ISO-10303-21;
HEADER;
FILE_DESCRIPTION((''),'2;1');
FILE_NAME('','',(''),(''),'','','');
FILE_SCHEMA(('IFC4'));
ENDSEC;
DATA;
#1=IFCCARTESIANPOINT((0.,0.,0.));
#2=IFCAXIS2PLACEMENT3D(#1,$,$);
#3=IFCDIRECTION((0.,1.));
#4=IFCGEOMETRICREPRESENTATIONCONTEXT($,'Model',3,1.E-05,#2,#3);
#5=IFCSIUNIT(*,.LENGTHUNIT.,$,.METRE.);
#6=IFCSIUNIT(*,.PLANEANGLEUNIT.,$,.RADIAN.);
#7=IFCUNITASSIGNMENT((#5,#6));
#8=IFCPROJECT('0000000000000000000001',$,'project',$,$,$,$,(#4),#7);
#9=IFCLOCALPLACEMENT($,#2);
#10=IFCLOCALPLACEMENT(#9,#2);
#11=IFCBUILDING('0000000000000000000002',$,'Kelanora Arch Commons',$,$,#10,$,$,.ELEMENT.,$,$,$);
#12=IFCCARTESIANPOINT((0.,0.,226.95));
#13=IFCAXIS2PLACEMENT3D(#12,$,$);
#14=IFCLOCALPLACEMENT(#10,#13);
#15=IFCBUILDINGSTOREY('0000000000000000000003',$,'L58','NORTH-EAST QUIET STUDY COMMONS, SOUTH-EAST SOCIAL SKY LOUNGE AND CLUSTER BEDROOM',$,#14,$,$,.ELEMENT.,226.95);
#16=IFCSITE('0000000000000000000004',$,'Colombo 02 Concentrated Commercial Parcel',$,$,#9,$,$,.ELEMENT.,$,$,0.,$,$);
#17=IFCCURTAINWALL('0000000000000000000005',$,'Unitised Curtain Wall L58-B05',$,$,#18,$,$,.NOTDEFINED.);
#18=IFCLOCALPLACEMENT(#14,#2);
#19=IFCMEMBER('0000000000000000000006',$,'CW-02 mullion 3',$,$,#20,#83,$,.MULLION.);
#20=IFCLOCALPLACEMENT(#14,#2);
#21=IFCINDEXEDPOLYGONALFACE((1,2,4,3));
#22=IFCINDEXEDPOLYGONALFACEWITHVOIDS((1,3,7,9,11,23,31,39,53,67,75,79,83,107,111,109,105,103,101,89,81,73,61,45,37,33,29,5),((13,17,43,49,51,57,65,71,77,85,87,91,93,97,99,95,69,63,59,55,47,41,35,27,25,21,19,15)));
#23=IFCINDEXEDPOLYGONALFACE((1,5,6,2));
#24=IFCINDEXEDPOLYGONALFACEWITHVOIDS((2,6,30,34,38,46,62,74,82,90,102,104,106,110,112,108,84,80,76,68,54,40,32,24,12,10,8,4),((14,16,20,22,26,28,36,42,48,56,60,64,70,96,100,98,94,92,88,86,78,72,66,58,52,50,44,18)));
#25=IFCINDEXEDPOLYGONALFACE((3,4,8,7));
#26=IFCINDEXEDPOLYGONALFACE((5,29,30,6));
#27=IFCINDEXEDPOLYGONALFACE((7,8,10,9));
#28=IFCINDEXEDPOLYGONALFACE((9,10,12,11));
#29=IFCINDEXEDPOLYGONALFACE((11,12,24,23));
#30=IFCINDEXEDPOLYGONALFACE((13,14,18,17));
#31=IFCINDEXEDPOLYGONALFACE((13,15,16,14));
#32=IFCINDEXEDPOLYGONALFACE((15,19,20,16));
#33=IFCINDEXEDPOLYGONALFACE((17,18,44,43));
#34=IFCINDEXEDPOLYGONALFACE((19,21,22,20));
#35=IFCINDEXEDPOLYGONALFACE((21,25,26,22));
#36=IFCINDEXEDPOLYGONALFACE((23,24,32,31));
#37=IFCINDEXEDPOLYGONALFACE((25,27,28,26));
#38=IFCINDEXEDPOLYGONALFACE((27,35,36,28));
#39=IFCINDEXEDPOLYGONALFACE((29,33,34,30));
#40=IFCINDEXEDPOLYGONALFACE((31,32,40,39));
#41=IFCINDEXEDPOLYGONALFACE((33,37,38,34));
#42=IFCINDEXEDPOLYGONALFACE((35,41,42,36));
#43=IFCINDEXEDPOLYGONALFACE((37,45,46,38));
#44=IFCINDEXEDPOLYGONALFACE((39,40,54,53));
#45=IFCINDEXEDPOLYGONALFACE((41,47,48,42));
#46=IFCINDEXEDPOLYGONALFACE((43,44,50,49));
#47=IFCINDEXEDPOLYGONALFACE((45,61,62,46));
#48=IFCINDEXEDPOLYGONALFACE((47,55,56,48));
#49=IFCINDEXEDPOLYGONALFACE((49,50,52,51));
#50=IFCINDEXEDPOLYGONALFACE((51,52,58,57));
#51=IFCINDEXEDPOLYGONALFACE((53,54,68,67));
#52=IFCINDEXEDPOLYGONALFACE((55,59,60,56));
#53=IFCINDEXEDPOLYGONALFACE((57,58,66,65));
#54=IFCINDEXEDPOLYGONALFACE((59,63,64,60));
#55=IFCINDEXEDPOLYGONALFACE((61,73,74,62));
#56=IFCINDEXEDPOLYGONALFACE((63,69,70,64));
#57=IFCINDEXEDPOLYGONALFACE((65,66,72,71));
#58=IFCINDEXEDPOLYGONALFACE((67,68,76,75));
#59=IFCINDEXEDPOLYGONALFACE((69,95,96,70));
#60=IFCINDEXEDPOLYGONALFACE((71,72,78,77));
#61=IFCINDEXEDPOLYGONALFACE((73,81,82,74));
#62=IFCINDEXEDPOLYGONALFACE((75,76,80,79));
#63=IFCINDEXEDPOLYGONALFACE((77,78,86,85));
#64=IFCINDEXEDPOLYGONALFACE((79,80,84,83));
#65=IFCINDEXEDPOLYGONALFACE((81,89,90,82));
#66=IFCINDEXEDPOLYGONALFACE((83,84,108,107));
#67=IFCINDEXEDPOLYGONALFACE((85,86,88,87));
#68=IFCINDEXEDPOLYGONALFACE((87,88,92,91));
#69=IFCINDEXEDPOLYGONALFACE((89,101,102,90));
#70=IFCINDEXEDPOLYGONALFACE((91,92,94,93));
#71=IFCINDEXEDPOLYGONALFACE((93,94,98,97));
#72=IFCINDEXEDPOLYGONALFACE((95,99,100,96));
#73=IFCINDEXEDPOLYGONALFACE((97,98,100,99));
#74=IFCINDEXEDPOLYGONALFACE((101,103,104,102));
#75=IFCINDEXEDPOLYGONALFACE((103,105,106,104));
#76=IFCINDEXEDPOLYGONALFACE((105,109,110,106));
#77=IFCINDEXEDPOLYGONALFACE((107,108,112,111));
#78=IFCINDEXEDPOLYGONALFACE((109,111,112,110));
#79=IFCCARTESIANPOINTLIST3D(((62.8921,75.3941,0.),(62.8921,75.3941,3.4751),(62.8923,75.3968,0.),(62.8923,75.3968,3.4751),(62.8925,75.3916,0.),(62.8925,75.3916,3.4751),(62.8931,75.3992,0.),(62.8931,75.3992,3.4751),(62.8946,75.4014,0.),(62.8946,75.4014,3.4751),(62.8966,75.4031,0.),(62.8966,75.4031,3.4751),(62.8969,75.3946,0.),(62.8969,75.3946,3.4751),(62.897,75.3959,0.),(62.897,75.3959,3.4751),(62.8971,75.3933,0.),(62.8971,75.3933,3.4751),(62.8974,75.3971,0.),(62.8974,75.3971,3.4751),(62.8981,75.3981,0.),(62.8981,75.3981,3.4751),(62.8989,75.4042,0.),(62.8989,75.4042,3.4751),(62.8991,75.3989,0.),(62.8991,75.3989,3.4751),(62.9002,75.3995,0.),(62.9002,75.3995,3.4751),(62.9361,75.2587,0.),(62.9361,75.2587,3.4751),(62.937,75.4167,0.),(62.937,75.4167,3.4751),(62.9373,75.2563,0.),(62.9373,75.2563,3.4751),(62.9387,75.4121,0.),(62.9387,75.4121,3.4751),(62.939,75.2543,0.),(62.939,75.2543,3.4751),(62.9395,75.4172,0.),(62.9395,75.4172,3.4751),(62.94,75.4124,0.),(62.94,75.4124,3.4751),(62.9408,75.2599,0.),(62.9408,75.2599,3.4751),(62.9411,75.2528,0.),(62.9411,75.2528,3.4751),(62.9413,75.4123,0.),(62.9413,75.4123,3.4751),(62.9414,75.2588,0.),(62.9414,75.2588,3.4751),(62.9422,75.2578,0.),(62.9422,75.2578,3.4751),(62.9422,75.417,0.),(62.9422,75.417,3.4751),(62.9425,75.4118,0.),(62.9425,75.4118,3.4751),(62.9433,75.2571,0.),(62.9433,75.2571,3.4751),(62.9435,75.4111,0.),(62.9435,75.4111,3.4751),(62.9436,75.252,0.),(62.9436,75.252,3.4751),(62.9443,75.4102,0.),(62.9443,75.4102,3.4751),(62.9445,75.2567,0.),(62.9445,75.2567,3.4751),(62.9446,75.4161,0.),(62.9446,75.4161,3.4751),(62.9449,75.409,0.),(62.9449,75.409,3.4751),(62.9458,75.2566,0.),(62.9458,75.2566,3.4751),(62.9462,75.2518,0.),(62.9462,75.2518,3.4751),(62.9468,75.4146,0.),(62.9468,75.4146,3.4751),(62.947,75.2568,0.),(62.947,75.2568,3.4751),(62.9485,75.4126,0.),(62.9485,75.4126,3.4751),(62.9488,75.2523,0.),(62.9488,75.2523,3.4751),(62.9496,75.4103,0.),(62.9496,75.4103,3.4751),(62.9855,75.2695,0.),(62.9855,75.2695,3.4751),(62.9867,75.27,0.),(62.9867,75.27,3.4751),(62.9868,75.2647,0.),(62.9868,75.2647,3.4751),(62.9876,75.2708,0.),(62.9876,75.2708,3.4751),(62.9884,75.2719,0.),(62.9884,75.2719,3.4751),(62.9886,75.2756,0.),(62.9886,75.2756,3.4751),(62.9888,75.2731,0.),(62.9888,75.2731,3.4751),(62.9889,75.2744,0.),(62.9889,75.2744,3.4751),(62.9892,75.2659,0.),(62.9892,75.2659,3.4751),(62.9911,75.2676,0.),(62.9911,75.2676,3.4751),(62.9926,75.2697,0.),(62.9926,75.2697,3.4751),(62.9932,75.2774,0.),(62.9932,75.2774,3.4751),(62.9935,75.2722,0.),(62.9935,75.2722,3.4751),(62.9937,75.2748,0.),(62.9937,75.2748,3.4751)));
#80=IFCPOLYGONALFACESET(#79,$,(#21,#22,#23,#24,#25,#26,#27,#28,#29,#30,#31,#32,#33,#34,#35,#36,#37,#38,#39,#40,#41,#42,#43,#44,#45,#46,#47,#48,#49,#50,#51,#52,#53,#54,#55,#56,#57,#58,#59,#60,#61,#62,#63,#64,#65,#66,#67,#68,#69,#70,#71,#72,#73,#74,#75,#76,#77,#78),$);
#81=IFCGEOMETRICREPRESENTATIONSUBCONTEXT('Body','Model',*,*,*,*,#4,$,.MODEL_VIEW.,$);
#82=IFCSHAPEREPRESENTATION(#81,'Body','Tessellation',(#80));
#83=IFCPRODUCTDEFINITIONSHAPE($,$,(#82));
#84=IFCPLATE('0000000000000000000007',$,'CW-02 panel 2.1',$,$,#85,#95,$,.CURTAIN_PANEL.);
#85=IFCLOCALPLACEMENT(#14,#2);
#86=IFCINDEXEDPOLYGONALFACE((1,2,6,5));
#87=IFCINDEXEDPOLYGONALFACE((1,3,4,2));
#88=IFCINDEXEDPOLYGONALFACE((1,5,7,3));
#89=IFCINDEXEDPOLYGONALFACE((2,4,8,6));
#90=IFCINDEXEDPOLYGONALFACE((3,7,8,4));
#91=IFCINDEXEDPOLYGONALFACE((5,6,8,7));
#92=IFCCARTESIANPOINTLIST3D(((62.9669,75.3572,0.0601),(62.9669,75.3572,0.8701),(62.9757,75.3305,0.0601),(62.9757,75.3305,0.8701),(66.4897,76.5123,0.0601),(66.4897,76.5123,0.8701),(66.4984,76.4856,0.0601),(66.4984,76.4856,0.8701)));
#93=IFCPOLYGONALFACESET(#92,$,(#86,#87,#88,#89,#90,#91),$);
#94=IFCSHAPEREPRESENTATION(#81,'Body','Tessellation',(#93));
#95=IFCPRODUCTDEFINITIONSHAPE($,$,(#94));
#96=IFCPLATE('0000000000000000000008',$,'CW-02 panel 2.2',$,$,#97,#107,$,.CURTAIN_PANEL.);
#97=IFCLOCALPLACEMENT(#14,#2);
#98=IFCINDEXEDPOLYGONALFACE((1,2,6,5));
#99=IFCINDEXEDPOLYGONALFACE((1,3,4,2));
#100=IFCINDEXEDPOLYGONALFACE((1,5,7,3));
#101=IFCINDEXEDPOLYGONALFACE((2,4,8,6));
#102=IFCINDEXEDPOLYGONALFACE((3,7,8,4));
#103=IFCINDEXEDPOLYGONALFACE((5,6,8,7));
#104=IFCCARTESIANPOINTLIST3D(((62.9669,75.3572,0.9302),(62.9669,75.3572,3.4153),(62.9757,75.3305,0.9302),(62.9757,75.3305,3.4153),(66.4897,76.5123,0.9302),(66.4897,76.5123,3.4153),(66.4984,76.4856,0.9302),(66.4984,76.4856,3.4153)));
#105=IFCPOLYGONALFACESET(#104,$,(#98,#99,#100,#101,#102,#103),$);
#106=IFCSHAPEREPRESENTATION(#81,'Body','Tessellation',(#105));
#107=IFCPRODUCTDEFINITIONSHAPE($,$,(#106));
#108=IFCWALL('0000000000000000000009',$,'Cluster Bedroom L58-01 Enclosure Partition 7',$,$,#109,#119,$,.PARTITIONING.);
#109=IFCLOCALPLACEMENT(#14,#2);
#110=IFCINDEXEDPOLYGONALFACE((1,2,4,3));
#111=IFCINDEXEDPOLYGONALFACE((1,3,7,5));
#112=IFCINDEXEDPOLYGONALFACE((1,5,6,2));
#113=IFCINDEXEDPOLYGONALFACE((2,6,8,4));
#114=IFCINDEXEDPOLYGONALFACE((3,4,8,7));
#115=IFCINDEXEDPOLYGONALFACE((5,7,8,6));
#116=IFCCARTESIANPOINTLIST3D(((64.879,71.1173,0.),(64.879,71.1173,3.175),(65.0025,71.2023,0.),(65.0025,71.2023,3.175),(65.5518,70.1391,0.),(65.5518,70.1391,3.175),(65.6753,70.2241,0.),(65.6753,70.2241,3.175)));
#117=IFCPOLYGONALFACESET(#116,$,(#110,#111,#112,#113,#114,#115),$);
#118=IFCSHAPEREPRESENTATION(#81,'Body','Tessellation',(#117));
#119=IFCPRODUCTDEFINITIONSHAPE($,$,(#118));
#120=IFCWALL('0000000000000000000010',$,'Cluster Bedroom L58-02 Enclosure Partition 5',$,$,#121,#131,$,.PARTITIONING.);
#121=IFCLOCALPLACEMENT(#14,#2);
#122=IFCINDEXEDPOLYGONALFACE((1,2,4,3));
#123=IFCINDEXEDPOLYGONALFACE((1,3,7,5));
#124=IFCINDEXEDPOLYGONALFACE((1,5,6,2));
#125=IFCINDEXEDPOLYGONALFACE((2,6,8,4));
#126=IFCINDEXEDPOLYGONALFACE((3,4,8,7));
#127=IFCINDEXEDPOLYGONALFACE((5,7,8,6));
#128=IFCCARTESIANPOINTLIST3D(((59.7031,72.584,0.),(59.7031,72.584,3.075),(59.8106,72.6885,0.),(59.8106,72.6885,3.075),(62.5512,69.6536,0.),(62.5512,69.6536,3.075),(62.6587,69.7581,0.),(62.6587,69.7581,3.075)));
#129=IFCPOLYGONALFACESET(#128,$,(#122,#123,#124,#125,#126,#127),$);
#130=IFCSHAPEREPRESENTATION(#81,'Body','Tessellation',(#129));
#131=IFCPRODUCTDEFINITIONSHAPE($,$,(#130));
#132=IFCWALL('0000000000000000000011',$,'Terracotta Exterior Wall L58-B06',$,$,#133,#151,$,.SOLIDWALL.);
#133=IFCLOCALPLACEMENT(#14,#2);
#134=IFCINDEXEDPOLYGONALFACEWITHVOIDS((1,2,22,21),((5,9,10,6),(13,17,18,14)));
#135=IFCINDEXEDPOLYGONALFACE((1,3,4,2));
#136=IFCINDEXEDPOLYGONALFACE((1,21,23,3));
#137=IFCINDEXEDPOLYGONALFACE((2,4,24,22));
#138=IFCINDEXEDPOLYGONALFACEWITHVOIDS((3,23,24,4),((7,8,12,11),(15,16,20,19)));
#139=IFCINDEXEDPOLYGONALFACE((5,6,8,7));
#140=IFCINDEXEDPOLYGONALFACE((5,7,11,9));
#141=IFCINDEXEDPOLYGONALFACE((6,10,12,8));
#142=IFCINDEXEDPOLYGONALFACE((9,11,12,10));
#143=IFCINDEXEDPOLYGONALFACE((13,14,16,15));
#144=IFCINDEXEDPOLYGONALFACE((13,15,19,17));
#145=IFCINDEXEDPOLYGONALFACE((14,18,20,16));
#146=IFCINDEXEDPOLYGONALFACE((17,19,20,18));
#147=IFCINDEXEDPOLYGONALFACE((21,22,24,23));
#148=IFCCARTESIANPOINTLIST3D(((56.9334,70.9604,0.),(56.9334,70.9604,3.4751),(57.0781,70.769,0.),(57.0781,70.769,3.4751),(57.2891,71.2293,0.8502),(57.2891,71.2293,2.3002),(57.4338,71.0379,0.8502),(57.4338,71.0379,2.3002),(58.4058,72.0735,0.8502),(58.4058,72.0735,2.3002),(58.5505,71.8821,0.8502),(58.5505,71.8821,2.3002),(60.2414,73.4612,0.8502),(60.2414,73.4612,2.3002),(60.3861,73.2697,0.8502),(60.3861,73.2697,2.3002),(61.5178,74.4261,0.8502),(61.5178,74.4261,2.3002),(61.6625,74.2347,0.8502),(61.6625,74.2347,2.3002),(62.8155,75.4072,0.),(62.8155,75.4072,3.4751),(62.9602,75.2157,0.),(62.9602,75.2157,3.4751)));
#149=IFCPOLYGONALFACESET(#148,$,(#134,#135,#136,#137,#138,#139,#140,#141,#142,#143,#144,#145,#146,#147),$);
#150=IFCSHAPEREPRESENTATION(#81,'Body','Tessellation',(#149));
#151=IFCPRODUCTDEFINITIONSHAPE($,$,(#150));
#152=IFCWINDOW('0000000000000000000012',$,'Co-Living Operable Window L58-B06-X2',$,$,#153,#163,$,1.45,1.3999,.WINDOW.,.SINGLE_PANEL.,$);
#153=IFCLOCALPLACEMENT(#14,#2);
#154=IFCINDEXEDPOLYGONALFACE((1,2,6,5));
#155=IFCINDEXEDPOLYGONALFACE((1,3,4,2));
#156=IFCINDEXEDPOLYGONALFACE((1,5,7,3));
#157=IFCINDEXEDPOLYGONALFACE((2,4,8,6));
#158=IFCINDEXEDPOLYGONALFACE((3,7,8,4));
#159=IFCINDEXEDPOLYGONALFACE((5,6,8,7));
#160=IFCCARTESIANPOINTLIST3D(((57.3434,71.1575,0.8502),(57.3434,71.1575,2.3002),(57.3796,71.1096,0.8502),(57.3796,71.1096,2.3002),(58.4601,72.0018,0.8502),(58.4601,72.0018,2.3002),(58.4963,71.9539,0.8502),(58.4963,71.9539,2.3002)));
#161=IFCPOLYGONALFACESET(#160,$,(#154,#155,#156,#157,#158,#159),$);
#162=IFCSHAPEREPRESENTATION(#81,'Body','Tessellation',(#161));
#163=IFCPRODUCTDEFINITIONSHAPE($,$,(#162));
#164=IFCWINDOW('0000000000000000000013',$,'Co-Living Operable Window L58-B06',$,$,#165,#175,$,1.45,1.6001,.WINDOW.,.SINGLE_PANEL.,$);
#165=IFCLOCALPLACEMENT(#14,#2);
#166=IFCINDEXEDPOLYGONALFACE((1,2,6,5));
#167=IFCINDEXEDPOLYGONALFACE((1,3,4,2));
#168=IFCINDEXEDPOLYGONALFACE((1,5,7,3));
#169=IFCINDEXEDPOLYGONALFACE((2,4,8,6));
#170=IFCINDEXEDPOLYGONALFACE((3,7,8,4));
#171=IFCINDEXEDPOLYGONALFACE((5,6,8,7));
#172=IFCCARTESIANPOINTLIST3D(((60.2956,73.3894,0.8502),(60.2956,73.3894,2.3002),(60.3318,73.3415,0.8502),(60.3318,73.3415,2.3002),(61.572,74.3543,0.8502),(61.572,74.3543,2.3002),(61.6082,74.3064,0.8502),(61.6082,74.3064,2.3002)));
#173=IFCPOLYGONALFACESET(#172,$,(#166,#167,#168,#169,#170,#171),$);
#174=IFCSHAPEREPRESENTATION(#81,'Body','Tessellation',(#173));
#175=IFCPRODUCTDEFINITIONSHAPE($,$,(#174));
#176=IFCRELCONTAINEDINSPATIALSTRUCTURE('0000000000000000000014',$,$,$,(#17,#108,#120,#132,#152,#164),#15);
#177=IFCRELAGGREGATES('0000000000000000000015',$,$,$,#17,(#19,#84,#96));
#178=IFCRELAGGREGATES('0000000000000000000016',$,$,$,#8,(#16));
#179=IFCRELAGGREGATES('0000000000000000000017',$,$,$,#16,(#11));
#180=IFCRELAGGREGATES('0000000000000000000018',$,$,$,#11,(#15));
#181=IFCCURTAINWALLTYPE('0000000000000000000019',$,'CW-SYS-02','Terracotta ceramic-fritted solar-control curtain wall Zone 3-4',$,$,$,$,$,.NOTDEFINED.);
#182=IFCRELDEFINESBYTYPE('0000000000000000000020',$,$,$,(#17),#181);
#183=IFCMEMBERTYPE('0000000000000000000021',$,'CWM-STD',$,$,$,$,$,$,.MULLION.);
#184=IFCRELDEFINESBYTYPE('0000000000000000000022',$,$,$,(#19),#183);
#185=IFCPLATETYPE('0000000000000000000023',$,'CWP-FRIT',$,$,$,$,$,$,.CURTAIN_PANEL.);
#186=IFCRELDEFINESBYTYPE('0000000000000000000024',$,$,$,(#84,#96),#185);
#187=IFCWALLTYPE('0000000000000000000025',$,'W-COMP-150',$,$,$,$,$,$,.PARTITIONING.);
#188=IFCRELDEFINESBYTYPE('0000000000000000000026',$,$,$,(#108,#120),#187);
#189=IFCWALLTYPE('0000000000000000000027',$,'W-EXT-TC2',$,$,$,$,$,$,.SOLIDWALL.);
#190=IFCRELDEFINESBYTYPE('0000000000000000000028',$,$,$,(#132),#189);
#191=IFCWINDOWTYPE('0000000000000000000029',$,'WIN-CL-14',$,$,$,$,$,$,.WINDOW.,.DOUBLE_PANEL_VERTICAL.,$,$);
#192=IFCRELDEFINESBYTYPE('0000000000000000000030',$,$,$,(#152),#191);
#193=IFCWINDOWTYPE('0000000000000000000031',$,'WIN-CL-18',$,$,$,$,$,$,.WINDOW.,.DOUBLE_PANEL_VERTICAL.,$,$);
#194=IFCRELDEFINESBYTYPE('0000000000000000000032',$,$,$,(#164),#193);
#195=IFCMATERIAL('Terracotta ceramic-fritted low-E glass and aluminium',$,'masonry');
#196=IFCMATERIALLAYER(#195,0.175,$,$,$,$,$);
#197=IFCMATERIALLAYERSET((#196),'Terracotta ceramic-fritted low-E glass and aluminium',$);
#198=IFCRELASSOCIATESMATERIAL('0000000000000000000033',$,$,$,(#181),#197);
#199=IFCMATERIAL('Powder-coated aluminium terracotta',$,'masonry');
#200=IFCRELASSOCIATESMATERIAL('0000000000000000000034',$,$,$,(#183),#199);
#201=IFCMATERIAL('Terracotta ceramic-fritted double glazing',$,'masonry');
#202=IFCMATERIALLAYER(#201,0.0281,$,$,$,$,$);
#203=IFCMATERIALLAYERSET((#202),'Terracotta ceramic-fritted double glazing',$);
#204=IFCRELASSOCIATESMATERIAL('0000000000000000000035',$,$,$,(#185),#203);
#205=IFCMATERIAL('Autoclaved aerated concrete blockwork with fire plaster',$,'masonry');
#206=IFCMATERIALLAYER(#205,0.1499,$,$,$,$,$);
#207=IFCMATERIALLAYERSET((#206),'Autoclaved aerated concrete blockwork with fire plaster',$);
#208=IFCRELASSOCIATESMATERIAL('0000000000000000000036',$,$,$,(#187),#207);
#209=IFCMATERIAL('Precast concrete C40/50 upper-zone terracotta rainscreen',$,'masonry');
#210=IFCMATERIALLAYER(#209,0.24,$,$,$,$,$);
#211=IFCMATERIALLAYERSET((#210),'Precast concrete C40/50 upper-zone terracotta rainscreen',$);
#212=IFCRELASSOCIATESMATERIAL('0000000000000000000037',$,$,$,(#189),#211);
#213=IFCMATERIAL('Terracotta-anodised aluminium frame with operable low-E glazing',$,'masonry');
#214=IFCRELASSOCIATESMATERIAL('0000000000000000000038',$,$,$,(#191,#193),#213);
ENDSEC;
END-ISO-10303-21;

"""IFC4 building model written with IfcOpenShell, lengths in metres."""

from ifc_helpers import new_model, si_unit, direction, frame, frame_2d, origin, origin_2d, place, context, subcontext, project, spatial, rectangle, hollow_rectangle, extrude, source, transform, mapped, material, layer, layer_set, material_profile, profile_set, type_object, element, fill, aggregate, save


model = new_model("IFC4")

# Units and contexts
model_context = context("Model", 3, precision=1e-05, world=origin(), true_north=direction((0.0, 1.0)))
body_context = subcontext(model_context, "Body", "Model", "MODEL_VIEW")
ifc_project = project(units=[si_unit("LENGTHUNIT", "METRE"), si_unit("PLANEANGLEUNIT", "RADIAN")], contexts=[model_context])

# Site, building, storey
site_placement = place(None, origin())
site = spatial("IfcSite", under=ifc_project, at=site_placement, Name="Colombo 02 Concentrated Commercial Parcel", CompositionType="ELEMENT", RefElevation=0.0)
building_placement = place(site_placement, origin())
building = spatial("IfcBuilding", under=site, at=building_placement, Name="Kelanora Arch Commons", CompositionType="ELEMENT")
storey_placement = place(building_placement, frame((0.0, 0.0, 226.95)))
storey = spatial("IfcBuildingStorey", under=building, at=storey_placement, Name="L58", Description="NORTH-EAST QUIET STUDY COMMONS, SOUTH-EAST SOCIAL SKY LOUNGE AND CLUSTER BEDROOM", CompositionType="ELEMENT", Elevation=226.95)

# Curtain wall, member, plates
ifc_material_1 = material(Name="Terracotta ceramic-fritted low-E glass and aluminium", Category="masonry")
ifc_layer_1 = layer(ifc_material_1, 0.175)
ifc_layer_set_1 = layer_set([ifc_layer_1], Name="Terracotta ceramic-fritted low-E glass and aluminium")
curtain_wall_type = type_object("IfcCurtainWallType", Name="CW-SYS-02", Description="Terracotta ceramic-fritted solar-control curtain wall Zone 3-4", PredefinedType="NOTDEFINED", material=ifc_layer_set_1)
curtain_wall_placement = place(storey_placement, origin())
curtain_wall = element("IfcCurtainWall", 1, at=curtain_wall_placement, inside=storey, type_object=curtain_wall_type, Name="Unitised Curtain Wall L58-B05", PredefinedType="NOTDEFINED")
ifc_material_2 = material(Name="Powder-coated aluminium terracotta", Category="masonry")
ifc_material_profile_1 = material_profile(ifc_material_2, hollow_rectangle(XDim=0.1599, YDim=0.0601, WallThickness=0.0049, InnerFilletRadius=0.0049, OuterFilletRadius=0.01, at=origin_2d()), Name="CWM160x60")
ifc_profile_set_1 = profile_set([ifc_material_profile_1], Name="Powder-coated aluminium terracotta")
member_type = type_object("IfcMemberType", Name="CWM-STD", PredefinedType="MULLION", material=ifc_profile_set_1)
member_placement = place(storey_placement, frame((62.9429, 75.3345, 0.0), z_axis=(0.0, 0.0, 1.0), x_axis=(0.311582, -0.950219, 0.0)))
member = element("IfcMember", 2, at=member_placement, type_object=member_type, Name="CW-02 mullion 3", PredefinedType="MULLION", context=body_context, shape_type="SweptSolid", body=[
    extrude(hollow_rectangle(XDim=0.1599, YDim=0.0601, WallThickness=0.0049, InnerFilletRadius=0.0049, OuterFilletRadius=0.01, at=origin_2d()), origin(), (0.0, 0.0, 1.0), 3.4751),
])
ifc_material_3 = material(Name="Terracotta ceramic-fritted double glazing", Category="masonry")
ifc_layer_2 = layer(ifc_material_3, 0.0281)
ifc_layer_set_2 = layer_set([ifc_layer_2], Name="Terracotta ceramic-fritted double glazing")
plate_type = type_object("IfcPlateType", Name="CWP-FRIT", PredefinedType="CURTAIN_PANEL", material=ifc_layer_set_2)
shared_shape_1 = source(origin(), body_context, "Body", "SweptSolid", [
    extrude(rectangle(XDim=3.7073, YDim=0.0281, at=origin_2d()), origin(), (0.0, 0.0, 1.0), 0.8101),
])
plate_1_placement = place(storey_placement, frame((64.7327, 75.9214, 0.0601), z_axis=(0.0, 0.0, 1.0), x_axis=(-0.950219, -0.311582, 0.0)))
plate_1 = element("IfcPlate", 3, at=plate_1_placement, type_object=plate_type, Name="CW-02 panel 2.1", PredefinedType="CURTAIN_PANEL", context=body_context, shape_type="MappedRepresentation", body=[
    mapped(shared_shape_1, transform((0.0, 0.0, 0.0), scale=1.0)),
])
shared_shape_2 = source(origin(), body_context, "Body", "SweptSolid", [
    extrude(rectangle(XDim=3.7073, YDim=0.0281, at=origin_2d()), origin(), (0.0, 0.0, 1.0), 2.4851),
])
plate_2_placement = place(storey_placement, frame((64.7327, 75.9214, 0.9302), z_axis=(0.0, 0.0, 1.0), x_axis=(-0.950219, -0.311582, 0.0)))
plate_2 = element("IfcPlate", 4, at=plate_2_placement, type_object=plate_type, Name="CW-02 panel 2.2", PredefinedType="CURTAIN_PANEL", context=body_context, shape_type="MappedRepresentation", body=[
    mapped(shared_shape_2, transform((0.0, 0.0, 0.0), scale=1.0)),
])
aggregate(curtain_wall, [member, plate_1, plate_2])

# Walls
ifc_material_4 = material(Name="Autoclaved aerated concrete blockwork with fire plaster", Category="masonry")
ifc_layer_3 = layer(ifc_material_4, 0.1499)
ifc_layer_set_3 = layer_set([ifc_layer_3], Name="Autoclaved aerated concrete blockwork with fire plaster")
wall_type_1 = type_object("IfcWallType", Name="W-COMP-150", PredefinedType="PARTITIONING", material=ifc_layer_set_3)
wall_1_placement = place(storey_placement, frame((64.9407, 71.1599, 0.0), z_axis=(0.0, 0.0, 1.0), x_axis=(0.566695, -0.823928, 0.0)))
element("IfcWall", 5, at=wall_1_placement, inside=storey, type_object=wall_type_1, Name="Cluster Bedroom L58-01 Enclosure Partition 7", PredefinedType="PARTITIONING", context=body_context, shape_type="SweptSolid", body=[
    extrude(rectangle(XDim=1.1873, YDim=0.1499, at=frame_2d((0.5938, 0.0))), origin(), (0.0, 0.0, 1.0), 3.175),
])
wall_2_placement = place(storey_placement, frame((59.7568, 72.6362, 0.0), z_axis=(0.0, 0.0, 1.0), x_axis=(0.696968, -0.717102, 0.0)))
element("IfcWall", 6, at=wall_2_placement, inside=storey, type_object=wall_type_1, Name="Cluster Bedroom L58-02 Enclosure Partition 5", PredefinedType="PARTITIONING", context=body_context, shape_type="SweptSolid", body=[
    extrude(rectangle(XDim=4.0864, YDim=0.1499, at=frame_2d((2.0432, 0.0))), origin(), (0.0, 0.0, 1.0), 3.075),
])

# Wall, openings, windows
ifc_material_5 = material(Name="Precast concrete C40/50 upper-zone terracotta rainscreen", Category="masonry")
ifc_layer_4 = layer(ifc_material_5, 0.24)
ifc_layer_set_4 = layer_set([ifc_layer_4], Name="Precast concrete C40/50 upper-zone terracotta rainscreen")
wall_type_2 = type_object("IfcWallType", Name="W-EXT-TC2", PredefinedType="SOLIDWALL", material=ifc_layer_set_4)
wall_3_placement = place(storey_placement, frame((62.8879, 75.3115, 0.0), z_axis=(0.0, 0.0, 1.0), x_axis=(-0.797702, -0.603052, 0.0)))
wall_3 = element("IfcWall", 7, at=wall_3_placement, inside=storey, type_object=wall_type_2, Name="Terracotta Exterior Wall L58-B06", PredefinedType="SOLIDWALL", context=body_context, shape_type="SweptSolid", body=[
    extrude(rectangle(XDim=7.3738, YDim=0.24, at=frame_2d((3.687, 0.0))), origin(), (0.0, 0.0, 1.0), 3.4751),
])
opening_1_placement = place(wall_3_placement, frame((1.627, 0.0, 0.8501)))
opening_1 = element("IfcOpeningElement", 8, at=opening_1_placement, cuts=wall_3, PredefinedType="OPENING", context=body_context, shape_type="SweptSolid", body=[
    extrude(rectangle(XDim=1.6001, YDim=1.45, at=frame_2d((0.8, 0.7251))), frame((0.0, 0.1299, 0.0), z_axis=(0.0, -1.0, 0.0), x_axis=(1.0, 0.0, 0.0)), (0.0, 0.0, 1.0), 0.26),
])
opening_2_placement = place(wall_3_placement, frame((5.5281, 0.0, 0.8501)))
opening_2 = element("IfcOpeningElement", 9, at=opening_2_placement, cuts=wall_3, PredefinedType="OPENING", context=body_context, shape_type="SweptSolid", body=[
    extrude(rectangle(XDim=1.3999, YDim=1.45, at=frame_2d((0.7, 0.7251))), frame((0.0, 0.1299, 0.0), z_axis=(0.0, -1.0, 0.0), x_axis=(1.0, 0.0, 0.0)), (0.0, 0.0, 1.0), 0.26),
])
ifc_material_6 = material(Name="Terracotta-anodised aluminium frame with operable low-E glazing", Category="masonry")
window_type_1 = type_object("IfcWindowType", Name="WIN-CL-14", PartitioningType="DOUBLE_PANEL_VERTICAL", PredefinedType="WINDOW", material=ifc_material_6)
window_1_placement = place(opening_2_placement, origin())
window_1 = element("IfcWindow", 10, at=window_1_placement, inside=storey, type_object=window_type_1, Name="Co-Living Operable Window L58-B06-X2", OverallHeight=1.45, OverallWidth=1.3999, PartitioningType="SINGLE_PANEL", PredefinedType="WINDOW", context=body_context, shape_type="SweptSolid", body=[
    extrude(rectangle(XDim=1.3999, YDim=1.45, at=frame_2d((0.7, 0.7251))), frame((0.0, 0.03, 0.0), z_axis=(0.0, -1.0, 0.0), x_axis=(1.0, 0.0, 0.0)), (0.0, 0.0, 1.0), 0.0601),
])
fill(opening_2, window_1)
window_type_2 = type_object("IfcWindowType", Name="WIN-CL-18", PartitioningType="DOUBLE_PANEL_VERTICAL", PredefinedType="WINDOW", material=ifc_material_6)
window_2_placement = place(opening_1_placement, origin())
window_2 = element("IfcWindow", 11, at=window_2_placement, inside=storey, type_object=window_type_2, Name="Co-Living Operable Window L58-B06", OverallHeight=1.45, OverallWidth=1.6001, PartitioningType="SINGLE_PANEL", PredefinedType="WINDOW", context=body_context, shape_type="SweptSolid", body=[
    extrude(rectangle(XDim=1.6001, YDim=1.45, at=frame_2d((0.8, 0.7251))), frame((0.0, 0.03, 0.0), z_axis=(0.0, -1.0, 0.0), x_axis=(1.0, 0.0, 0.0)), (0.0, 0.0, 1.0), 0.0601),
])
fill(opening_1, window_2)

save(model, "model.ifc")
